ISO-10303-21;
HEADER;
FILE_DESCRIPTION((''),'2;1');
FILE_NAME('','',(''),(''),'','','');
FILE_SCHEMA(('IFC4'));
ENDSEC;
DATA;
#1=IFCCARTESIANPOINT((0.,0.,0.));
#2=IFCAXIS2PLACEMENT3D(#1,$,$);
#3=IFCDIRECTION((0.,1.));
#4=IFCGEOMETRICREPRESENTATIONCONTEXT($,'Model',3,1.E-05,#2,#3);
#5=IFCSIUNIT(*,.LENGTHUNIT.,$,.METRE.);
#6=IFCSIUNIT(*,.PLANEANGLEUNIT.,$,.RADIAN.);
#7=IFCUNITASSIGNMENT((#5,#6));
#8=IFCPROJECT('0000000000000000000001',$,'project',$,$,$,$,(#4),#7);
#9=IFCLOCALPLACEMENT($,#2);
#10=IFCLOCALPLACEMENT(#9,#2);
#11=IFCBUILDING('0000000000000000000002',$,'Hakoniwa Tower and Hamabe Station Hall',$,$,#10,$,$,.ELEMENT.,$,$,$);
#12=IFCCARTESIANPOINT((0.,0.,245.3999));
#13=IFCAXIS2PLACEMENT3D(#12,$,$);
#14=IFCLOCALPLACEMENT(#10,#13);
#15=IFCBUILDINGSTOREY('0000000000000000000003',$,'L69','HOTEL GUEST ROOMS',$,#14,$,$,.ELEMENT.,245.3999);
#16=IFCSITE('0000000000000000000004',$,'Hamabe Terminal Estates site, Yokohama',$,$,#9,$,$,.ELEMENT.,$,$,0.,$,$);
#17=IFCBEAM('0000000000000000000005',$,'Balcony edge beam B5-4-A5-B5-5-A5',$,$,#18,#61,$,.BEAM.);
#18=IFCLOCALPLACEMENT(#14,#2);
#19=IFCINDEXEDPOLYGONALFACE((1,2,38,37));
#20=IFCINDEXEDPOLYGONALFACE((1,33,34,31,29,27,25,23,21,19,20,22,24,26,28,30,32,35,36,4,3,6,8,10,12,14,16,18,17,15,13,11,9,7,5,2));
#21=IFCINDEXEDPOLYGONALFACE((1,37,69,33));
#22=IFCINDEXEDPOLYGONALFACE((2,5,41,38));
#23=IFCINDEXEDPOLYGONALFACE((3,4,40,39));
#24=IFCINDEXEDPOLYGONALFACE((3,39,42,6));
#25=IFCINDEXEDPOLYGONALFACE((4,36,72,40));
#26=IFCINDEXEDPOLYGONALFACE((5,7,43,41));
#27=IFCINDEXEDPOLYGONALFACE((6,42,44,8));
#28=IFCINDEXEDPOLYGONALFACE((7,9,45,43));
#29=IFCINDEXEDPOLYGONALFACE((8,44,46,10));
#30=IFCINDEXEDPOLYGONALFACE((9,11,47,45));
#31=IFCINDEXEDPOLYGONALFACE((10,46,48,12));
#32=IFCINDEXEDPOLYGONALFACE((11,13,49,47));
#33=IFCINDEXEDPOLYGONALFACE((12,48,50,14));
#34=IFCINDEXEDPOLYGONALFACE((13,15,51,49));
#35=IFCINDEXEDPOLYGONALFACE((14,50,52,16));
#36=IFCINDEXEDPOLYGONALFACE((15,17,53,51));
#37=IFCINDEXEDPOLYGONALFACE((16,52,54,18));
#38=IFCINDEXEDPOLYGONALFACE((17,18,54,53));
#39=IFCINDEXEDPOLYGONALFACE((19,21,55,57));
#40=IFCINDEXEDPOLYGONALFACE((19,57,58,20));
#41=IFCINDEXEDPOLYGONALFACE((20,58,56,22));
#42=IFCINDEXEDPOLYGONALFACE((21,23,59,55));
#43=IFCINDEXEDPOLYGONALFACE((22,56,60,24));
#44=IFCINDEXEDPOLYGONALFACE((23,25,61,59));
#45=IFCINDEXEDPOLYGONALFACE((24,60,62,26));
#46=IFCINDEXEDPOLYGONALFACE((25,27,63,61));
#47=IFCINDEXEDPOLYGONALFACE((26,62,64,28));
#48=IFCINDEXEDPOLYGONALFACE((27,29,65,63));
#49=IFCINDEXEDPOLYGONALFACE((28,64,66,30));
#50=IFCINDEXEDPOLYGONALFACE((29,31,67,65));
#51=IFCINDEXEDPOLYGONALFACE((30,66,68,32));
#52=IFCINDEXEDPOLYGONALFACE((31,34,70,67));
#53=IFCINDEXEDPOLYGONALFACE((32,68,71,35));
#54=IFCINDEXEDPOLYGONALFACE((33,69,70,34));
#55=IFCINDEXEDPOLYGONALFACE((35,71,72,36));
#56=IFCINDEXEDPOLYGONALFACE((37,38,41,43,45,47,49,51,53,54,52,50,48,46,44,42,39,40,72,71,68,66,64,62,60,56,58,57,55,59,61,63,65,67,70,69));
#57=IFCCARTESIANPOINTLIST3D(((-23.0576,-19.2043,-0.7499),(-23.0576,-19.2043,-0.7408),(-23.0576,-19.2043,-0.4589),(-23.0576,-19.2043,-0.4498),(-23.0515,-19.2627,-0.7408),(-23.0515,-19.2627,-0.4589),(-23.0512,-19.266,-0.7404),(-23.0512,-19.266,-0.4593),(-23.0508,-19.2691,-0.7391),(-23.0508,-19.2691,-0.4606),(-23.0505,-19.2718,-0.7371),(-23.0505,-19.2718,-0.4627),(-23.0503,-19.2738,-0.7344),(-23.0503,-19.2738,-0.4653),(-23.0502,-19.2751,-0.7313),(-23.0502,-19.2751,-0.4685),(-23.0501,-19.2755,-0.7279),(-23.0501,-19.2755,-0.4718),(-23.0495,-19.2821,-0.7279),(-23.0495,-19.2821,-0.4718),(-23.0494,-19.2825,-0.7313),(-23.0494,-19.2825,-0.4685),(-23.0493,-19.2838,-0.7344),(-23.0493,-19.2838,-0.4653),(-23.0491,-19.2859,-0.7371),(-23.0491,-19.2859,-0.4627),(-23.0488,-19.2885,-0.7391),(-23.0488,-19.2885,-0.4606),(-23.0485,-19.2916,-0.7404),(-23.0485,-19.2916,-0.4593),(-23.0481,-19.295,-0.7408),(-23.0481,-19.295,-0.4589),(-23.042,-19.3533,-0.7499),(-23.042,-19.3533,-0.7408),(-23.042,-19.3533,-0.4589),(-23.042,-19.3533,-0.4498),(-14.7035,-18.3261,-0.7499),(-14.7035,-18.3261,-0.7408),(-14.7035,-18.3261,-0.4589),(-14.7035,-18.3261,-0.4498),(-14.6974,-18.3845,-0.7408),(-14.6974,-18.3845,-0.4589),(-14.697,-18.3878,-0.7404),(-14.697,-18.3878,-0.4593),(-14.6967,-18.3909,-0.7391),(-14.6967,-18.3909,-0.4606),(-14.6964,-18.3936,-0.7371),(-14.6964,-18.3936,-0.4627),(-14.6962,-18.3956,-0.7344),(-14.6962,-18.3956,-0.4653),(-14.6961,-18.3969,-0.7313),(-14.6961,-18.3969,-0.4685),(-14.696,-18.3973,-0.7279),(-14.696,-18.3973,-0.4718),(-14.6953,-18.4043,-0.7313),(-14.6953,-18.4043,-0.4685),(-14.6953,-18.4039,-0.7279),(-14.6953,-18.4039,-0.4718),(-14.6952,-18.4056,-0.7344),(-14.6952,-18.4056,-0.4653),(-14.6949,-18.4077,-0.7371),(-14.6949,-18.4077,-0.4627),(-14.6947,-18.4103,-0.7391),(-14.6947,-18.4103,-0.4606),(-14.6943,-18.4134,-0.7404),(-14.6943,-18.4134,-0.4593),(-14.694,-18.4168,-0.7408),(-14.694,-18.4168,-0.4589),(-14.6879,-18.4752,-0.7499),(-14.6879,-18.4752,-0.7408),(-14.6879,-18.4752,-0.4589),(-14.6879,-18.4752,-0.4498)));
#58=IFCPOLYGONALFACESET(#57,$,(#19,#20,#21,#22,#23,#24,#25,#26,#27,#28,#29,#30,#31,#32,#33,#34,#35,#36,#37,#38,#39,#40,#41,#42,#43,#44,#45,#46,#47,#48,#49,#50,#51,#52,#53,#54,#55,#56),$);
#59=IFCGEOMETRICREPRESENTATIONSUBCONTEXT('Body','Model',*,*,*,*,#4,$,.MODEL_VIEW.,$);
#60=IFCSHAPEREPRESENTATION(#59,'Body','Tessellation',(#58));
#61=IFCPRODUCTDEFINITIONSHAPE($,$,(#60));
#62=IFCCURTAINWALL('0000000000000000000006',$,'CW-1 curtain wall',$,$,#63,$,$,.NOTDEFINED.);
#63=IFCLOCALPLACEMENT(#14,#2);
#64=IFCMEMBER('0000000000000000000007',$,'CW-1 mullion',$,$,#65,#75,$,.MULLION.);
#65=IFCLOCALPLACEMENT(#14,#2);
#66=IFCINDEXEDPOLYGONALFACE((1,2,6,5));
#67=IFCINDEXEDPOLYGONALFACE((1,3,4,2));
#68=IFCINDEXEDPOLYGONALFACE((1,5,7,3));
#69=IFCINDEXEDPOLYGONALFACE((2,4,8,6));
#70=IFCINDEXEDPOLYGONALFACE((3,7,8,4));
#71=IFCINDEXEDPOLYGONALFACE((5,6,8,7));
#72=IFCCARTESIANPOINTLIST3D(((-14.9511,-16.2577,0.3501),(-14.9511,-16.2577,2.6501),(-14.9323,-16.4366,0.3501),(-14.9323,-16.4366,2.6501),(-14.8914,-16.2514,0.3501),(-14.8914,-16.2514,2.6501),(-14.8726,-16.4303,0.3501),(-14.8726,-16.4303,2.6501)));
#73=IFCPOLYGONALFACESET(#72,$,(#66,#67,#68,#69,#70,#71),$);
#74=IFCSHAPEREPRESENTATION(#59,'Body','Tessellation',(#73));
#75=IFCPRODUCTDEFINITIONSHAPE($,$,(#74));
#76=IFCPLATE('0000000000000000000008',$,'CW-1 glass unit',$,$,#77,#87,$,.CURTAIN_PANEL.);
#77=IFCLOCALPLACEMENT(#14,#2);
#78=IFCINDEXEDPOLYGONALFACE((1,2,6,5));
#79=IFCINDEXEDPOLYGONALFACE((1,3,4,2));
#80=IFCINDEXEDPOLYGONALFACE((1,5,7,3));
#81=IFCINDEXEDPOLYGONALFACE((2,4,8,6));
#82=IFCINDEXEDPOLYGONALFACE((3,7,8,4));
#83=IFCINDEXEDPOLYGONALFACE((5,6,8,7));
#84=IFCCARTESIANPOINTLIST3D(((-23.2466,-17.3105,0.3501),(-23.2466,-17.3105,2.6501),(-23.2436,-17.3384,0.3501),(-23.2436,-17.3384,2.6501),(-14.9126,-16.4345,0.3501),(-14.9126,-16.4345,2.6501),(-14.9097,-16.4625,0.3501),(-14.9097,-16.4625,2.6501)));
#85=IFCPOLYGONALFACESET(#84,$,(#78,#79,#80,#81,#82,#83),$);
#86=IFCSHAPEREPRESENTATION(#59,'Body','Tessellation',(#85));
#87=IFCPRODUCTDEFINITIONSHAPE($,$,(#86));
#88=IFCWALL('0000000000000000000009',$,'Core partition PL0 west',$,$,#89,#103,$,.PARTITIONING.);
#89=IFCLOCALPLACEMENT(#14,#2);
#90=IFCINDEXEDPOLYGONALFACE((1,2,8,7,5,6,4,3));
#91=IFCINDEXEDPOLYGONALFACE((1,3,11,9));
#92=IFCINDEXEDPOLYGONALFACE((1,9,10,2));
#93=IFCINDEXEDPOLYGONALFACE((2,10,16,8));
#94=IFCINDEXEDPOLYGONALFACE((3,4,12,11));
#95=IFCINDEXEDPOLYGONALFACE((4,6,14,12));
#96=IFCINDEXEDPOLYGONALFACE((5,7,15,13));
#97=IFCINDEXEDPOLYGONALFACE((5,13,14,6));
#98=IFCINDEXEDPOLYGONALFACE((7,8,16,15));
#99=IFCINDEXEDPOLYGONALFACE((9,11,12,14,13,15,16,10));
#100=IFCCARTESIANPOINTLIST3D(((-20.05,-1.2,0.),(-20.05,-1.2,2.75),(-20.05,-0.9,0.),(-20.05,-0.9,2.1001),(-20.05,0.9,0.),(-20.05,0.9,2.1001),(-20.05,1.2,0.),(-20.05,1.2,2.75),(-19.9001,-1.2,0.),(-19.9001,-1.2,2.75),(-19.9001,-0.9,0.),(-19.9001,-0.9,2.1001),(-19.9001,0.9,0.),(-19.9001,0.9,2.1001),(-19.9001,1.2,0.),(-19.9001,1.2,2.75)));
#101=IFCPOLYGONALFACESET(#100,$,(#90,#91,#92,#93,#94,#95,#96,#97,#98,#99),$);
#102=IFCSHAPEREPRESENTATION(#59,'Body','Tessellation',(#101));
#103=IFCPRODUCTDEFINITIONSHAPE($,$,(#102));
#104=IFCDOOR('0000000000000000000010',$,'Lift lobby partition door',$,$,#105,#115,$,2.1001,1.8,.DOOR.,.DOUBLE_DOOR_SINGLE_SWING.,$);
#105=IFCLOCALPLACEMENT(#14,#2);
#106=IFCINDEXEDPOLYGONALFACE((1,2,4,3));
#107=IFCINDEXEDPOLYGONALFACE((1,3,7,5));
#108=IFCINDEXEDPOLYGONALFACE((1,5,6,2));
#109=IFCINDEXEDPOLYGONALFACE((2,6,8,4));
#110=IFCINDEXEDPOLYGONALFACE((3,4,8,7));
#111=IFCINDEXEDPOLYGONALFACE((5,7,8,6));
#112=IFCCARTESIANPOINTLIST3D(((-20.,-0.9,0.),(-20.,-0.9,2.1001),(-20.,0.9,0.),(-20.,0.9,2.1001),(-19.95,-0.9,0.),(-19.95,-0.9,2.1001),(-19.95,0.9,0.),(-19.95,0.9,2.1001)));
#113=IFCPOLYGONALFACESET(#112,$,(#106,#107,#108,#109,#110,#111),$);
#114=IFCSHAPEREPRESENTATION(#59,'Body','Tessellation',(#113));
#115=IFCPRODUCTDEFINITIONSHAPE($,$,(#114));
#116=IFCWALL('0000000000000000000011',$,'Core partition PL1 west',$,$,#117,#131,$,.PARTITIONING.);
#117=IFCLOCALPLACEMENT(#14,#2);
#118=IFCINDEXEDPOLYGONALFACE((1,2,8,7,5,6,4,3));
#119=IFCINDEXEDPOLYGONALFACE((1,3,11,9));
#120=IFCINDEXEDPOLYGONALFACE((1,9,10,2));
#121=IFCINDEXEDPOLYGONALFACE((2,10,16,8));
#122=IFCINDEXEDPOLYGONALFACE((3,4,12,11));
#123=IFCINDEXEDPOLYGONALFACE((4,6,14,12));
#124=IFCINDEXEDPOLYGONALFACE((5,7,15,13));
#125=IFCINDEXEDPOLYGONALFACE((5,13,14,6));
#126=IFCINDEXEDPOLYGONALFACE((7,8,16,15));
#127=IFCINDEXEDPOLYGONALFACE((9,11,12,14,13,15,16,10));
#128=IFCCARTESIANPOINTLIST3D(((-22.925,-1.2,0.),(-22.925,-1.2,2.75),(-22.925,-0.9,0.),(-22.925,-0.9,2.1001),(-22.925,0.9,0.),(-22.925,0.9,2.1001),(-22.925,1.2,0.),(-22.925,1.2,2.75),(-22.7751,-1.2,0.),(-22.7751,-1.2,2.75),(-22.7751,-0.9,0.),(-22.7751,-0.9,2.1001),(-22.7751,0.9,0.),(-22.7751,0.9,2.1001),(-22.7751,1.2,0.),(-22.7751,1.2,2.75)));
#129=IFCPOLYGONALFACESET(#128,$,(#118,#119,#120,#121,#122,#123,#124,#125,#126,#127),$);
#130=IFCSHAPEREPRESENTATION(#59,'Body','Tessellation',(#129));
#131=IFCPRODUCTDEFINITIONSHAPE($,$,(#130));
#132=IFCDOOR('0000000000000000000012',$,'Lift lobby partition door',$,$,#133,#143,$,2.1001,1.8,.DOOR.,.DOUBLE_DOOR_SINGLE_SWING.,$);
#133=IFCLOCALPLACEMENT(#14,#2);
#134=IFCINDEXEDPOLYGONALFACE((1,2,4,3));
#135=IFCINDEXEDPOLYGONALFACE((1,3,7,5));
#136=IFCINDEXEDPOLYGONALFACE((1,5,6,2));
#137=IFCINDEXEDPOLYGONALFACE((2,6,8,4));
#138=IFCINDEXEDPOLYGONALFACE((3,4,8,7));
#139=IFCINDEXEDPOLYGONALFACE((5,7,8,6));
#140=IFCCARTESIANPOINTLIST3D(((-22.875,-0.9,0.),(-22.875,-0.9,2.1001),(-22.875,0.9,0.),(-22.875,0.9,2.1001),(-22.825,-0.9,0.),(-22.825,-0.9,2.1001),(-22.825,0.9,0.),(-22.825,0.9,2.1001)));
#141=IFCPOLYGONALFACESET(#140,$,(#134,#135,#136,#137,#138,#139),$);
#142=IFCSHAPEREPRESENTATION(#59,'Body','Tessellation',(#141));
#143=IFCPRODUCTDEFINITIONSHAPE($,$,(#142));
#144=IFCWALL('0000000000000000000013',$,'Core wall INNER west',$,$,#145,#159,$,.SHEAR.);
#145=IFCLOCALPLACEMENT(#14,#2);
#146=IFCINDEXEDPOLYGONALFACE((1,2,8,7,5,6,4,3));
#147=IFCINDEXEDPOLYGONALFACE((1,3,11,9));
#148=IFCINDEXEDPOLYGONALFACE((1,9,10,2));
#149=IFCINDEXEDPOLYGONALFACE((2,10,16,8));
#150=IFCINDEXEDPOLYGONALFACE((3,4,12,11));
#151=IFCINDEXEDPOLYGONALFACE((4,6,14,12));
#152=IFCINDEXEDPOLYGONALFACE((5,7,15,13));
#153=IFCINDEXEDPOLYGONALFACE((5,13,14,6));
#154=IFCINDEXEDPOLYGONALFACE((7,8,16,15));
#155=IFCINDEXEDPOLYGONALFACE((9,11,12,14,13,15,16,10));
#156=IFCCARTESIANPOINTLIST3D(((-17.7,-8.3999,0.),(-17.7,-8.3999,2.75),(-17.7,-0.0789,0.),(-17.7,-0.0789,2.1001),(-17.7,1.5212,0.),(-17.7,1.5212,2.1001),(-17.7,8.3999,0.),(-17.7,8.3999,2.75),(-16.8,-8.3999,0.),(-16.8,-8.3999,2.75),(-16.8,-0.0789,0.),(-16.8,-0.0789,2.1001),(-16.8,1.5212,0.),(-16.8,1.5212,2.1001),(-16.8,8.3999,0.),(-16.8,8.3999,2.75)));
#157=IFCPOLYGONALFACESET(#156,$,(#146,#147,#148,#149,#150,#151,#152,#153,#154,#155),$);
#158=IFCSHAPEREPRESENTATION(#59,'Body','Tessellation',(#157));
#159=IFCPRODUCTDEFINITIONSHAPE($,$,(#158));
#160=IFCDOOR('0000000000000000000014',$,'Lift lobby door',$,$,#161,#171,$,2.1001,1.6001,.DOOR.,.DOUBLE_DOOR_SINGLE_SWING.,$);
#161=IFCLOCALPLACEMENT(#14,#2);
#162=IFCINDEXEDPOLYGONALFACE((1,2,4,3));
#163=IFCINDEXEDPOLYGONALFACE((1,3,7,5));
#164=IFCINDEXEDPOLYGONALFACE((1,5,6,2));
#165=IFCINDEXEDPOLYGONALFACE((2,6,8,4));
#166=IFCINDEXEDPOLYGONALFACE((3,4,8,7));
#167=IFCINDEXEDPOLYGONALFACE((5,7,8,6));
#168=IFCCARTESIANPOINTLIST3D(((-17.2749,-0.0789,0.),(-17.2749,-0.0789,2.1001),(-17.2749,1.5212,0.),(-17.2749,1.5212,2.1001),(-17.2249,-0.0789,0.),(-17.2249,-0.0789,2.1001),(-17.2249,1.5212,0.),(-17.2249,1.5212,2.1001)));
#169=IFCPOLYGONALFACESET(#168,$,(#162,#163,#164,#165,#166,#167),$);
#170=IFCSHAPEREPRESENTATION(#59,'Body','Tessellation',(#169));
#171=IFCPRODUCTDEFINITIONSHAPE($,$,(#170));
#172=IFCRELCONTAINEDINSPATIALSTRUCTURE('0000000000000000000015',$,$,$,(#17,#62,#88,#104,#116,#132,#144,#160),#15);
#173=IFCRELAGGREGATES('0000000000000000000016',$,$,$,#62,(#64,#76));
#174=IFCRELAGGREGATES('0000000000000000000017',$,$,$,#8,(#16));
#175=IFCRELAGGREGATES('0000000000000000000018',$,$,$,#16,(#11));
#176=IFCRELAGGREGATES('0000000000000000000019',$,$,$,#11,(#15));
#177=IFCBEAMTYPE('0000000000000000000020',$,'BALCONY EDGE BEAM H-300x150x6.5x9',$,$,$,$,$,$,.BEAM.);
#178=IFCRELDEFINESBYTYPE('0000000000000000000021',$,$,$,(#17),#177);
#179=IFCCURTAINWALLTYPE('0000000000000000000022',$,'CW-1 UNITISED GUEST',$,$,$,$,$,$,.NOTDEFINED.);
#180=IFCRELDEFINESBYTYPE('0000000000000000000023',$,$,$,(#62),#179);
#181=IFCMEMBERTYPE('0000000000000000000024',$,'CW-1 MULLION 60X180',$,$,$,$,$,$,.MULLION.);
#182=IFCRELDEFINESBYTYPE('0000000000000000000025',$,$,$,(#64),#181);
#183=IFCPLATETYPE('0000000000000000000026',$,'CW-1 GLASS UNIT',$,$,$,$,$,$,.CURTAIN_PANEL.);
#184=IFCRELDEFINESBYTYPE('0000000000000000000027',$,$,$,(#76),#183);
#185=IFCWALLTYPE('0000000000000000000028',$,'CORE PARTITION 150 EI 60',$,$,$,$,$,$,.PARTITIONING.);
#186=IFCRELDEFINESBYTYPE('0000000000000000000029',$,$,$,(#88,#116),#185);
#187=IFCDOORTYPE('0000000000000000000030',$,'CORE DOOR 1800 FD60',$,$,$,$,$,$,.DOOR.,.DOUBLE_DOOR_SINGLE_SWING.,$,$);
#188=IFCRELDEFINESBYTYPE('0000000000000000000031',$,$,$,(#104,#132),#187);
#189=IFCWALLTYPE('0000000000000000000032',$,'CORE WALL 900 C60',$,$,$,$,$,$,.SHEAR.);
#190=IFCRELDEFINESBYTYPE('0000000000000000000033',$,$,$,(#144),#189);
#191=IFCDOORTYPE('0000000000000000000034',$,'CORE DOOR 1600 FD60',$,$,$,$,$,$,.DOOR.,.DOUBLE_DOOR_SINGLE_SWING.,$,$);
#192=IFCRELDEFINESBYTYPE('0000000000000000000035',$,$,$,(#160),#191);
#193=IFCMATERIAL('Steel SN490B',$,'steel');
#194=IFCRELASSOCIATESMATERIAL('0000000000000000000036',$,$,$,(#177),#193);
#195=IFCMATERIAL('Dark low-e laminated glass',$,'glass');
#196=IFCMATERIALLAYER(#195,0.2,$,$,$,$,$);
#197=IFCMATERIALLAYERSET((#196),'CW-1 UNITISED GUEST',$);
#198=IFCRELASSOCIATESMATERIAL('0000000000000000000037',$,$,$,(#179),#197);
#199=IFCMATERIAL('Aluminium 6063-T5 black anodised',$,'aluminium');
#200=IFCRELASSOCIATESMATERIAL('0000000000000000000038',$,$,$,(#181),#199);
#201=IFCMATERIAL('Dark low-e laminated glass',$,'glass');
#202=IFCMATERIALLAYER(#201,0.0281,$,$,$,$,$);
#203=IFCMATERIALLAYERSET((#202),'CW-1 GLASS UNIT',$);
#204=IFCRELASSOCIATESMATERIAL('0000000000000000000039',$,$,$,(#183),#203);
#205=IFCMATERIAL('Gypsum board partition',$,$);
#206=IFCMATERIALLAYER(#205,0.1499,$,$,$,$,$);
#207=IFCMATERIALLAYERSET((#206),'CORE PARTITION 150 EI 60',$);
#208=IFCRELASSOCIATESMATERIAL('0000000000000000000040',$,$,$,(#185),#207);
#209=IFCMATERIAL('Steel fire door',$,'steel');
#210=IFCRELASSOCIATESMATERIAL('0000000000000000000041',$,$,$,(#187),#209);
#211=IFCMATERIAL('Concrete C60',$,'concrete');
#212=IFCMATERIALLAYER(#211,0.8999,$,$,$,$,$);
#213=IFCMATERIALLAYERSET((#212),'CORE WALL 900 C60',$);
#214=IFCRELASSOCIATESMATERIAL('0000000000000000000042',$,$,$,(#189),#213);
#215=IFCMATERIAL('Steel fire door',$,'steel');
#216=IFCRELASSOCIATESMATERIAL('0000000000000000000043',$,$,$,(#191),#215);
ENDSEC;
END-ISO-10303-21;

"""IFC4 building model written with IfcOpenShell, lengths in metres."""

from ifc_helpers import new_model, si_unit, direction, frame, frame_2d, origin, origin_2d, place, context, subcontext, project, spatial, rectangle, i_section, extrude, material, layer, layer_set, material_profile, profile_set, type_object, element, fill, aggregate, save


model = new_model("IFC4")

# Units and contexts
model_context = context("Model", 3, precision=1e-05, world=origin(), true_north=direction((0.0, 1.0)))
body_context = subcontext(model_context, "Body", "Model", "MODEL_VIEW")
ifc_project = project(units=[si_unit("LENGTHUNIT", "METRE"), si_unit("PLANEANGLEUNIT", "RADIAN")], contexts=[model_context])

# Site, building, storey
site_placement = place(None, origin())
site = spatial("IfcSite", under=ifc_project, at=site_placement, Name="Hamabe Terminal Estates site, Yokohama", CompositionType="ELEMENT", RefElevation=0.0)
building_placement = place(site_placement, origin())
building = spatial("IfcBuilding", under=site, at=building_placement, Name="Hakoniwa Tower and Hamabe Station Hall", CompositionType="ELEMENT")
storey_placement = place(building_placement, frame((0.0, 0.0, 245.3999)))
storey = spatial("IfcBuildingStorey", under=building, at=storey_placement, Name="L69", Description="HOTEL GUEST ROOMS", CompositionType="ELEMENT", Elevation=245.3999)

# Beam
ifc_material_1 = material(Name="Steel SN490B", Category="steel")
ifc_material_profile_1 = material_profile(ifc_material_1, i_section(OverallWidth=0.1499, OverallDepth=0.3, WebThickness=0.0066, FlangeThickness=0.009, FilletRadius=0.0129, at=origin_2d()), Name="H-300x150x6.5x9")
ifc_profile_set_1 = profile_set([ifc_material_profile_1], Name="Steel SN490B")
beam_type_1 = type_object("IfcBeamType", Name="BALCONY EDGE BEAM H-300x150x6.5x9", PredefinedType="BEAM", material=ifc_profile_set_1)
beam_1_placement = place(storey_placement, frame((-23.0498, -19.2788, -0.5999), z_axis=(0.99452, 0.104544, 0.0), x_axis=(-0.104544, 0.99452, 0.0)))
element("IfcBeam", 1, at=beam_1_placement, inside=storey, type_object=beam_type_1, Name="Balcony edge beam B5-4-A5-B5-5-A5", PredefinedType="BEAM", context=body_context, shape_type="SweptSolid", body=[
    extrude(i_section(OverallWidth=0.1499, OverallDepth=0.3, WebThickness=0.0066, FlangeThickness=0.009, FilletRadius=0.0129, at=origin_2d()), origin(), (0.0, 0.0, 1.0), 8.4001),
])

# Curtain wall, member, plate
ifc_material_2 = material(Name="Dark low-e laminated glass", Category="glass")
ifc_layer_1 = layer(ifc_material_2, 0.2)
ifc_layer_set_1 = layer_set([ifc_layer_1], Name="CW-1 UNITISED GUEST")
curtain_wall_type = type_object("IfcCurtainWallType", Name="CW-1 UNITISED GUEST", PredefinedType="NOTDEFINED", material=ifc_layer_set_1)
curtain_wall_placement = place(storey_placement, origin())
curtain_wall = element("IfcCurtainWall", 2, at=curtain_wall_placement, inside=storey, type_object=curtain_wall_type, Name="CW-1 curtain wall", PredefinedType="NOTDEFINED")
ifc_material_3 = material(Name="Aluminium 6063-T5 black anodised", Category="aluminium")
ifc_material_profile_2 = material_profile(ifc_material_3, rectangle(XDim=0.0601, YDim=0.1799, at=origin_2d()), Name="CW-1 MULLION 60X180")
ifc_profile_set_2 = profile_set([ifc_material_profile_2], Name="Aluminium 6063-T5 black anodised")
member_type = type_object("IfcMemberType", Name="CW-1 MULLION 60X180", PredefinedType="MULLION", material=ifc_profile_set_2)
member_placement = place(storey_placement, frame((-14.9119, -16.344, 0.3501), z_axis=(0.0, 0.0, 1.0), x_axis=(0.994522, 0.104528, 0.0)))
member = element("IfcMember", 3, at=member_placement, type_object=member_type, Name="CW-1 mullion", PredefinedType="MULLION", context=body_context, shape_type="SweptSolid", body=[
    extrude(rectangle(XDim=0.0601, YDim=0.1799, at=origin_2d()), origin(), (0.0, 0.0, 1.0), 2.3),
])
ifc_material_4 = material(Name="Dark low-e laminated glass", Category="glass")
ifc_layer_2 = layer(ifc_material_4, 0.0281)
ifc_layer_set_2 = layer_set([ifc_layer_2], Name="CW-1 GLASS UNIT")
plate_type = type_object("IfcPlateType", Name="CW-1 GLASS UNIT", PredefinedType="CURTAIN_PANEL", material=ifc_layer_set_2)
plate_placement = place(storey_placement, frame((-19.0781, -16.8865, 0.3501), z_axis=(0.0, 0.0, 1.0), x_axis=(0.994522, 0.104528, 0.0)))
plate = element("IfcPlate", 4, at=plate_placement, type_object=plate_type, Name="CW-1 glass unit", PredefinedType="CURTAIN_PANEL", context=body_context, shape_type="SweptSolid", body=[
    extrude(rectangle(XDim=8.3799, YDim=0.0281, at=origin_2d()), origin(), (0.0, 0.0, 1.0), 2.3),
])
aggregate(curtain_wall, [member, plate])

# Walls, openings, doors
ifc_material_5 = material(Name="Gypsum board partition")
ifc_layer_3 = layer(ifc_material_5, 0.1499)
ifc_layer_set_3 = layer_set([ifc_layer_3], Name="CORE PARTITION 150 EI 60")
wall_type_1 = type_object("IfcWallType", Name="CORE PARTITION 150 EI 60", PredefinedType="PARTITIONING", material=ifc_layer_set_3)
wall_1_placement = place(storey_placement, frame((-19.9751, -1.2, 0.0), z_axis=(0.0, 0.0, 1.0), x_axis=(0.0, 1.0, 0.0)))
wall_1 = element("IfcWall", 5, at=wall_1_placement, inside=storey, type_object=wall_type_1, Name="Core partition PL0 west", PredefinedType="PARTITIONING", context=body_context, shape_type="SweptSolid", body=[
    extrude(rectangle(XDim=2.3999, YDim=0.1499, at=frame_2d((1.2, 0.0))), origin(), (0.0, 0.0, 1.0), 2.75),
])
opening_1_placement = place(wall_1_placement, frame((0.3, 0.0, 0.0)))
opening_1 = element("IfcOpeningElement", 6, at=opening_1_placement, cuts=wall_1, PredefinedType="OPENING", context=body_context, shape_type="SweptSolid", body=[
    extrude(rectangle(XDim=1.8, YDim=2.1001, at=frame_2d((0.8999, 1.05))), frame((0.0, 0.085, 0.0), z_axis=(0.0, -1.0, 0.0), x_axis=(1.0, 0.0, 0.0)), (0.0, 0.0, 1.0), 0.1699),
])
ifc_material_6 = material(Name="Steel fire door", Category="steel")
door_type_1 = type_object("IfcDoorType", Name="CORE DOOR 1800 FD60", OperationType="DOUBLE_DOOR_SINGLE_SWING", PredefinedType="DOOR", material=ifc_material_6)
door_1_placement = place(opening_1_placement, origin())
door_1 = element("IfcDoor", 7, at=door_1_placement, inside=storey, type_object=door_type_1, Name="Lift lobby partition door", OperationType="DOUBLE_DOOR_SINGLE_SWING", OverallHeight=2.1001, OverallWidth=1.8, PredefinedType="DOOR", context=body_context, shape_type="SweptSolid", body=[
    extrude(rectangle(XDim=1.8, YDim=2.1001, at=frame_2d((0.8999, 1.05))), frame((0.0, 0.0249, 0.0), z_axis=(0.0, -1.0, 0.0), x_axis=(1.0, 0.0, 0.0)), (0.0, 0.0, 1.0), 0.05),
])
fill(opening_1, door_1)
wall_2_placement = place(storey_placement, frame((-22.8501, -1.2, 0.0), z_axis=(0.0, 0.0, 1.0), x_axis=(0.0, 1.0, 0.0)))
wall_2 = element("IfcWall", 8, at=wall_2_placement, inside=storey, type_object=wall_type_1, Name="Core partition PL1 west", PredefinedType="PARTITIONING", context=body_context, shape_type="SweptSolid", body=[
    extrude(rectangle(XDim=2.3999, YDim=0.1499, at=frame_2d((1.2, 0.0))), origin(), (0.0, 0.0, 1.0), 2.75),
])
opening_2_placement = place(wall_2_placement, frame((0.3, 0.0, 0.0)))
opening_2 = element("IfcOpeningElement", 9, at=opening_2_placement, cuts=wall_2, PredefinedType="OPENING", context=body_context, shape_type="SweptSolid", body=[
    extrude(rectangle(XDim=1.8, YDim=2.1001, at=frame_2d((0.8999, 1.05))), frame((0.0, 0.085, 0.0), z_axis=(0.0, -1.0, 0.0), x_axis=(1.0, 0.0, 0.0)), (0.0, 0.0, 1.0), 0.1699),
])
door_2_placement = place(opening_2_placement, origin())
door_2 = element("IfcDoor", 10, at=door_2_placement, inside=storey, type_object=door_type_1, Name="Lift lobby partition door", OperationType="DOUBLE_DOOR_SINGLE_SWING", OverallHeight=2.1001, OverallWidth=1.8, PredefinedType="DOOR", context=body_context, shape_type="SweptSolid", body=[
    extrude(rectangle(XDim=1.8, YDim=2.1001, at=frame_2d((0.8999, 1.05))), frame((0.0, 0.0249, 0.0), z_axis=(0.0, -1.0, 0.0), x_axis=(1.0, 0.0, 0.0)), (0.0, 0.0, 1.0), 0.05),
])
fill(opening_2, door_2)
ifc_material_7 = material(Name="Concrete C60", Category="concrete")
ifc_layer_4 = layer(ifc_material_7, 0.8999)
ifc_layer_set_4 = layer_set([ifc_layer_4], Name="CORE WALL 900 C60")
wall_type_2 = type_object("IfcWallType", Name="CORE WALL 900 C60", PredefinedType="SHEAR", material=ifc_layer_set_4)
wall_3_placement = place(storey_placement, frame((-17.25, -8.3999, 0.0), z_axis=(0.0, 0.0, 1.0), x_axis=(0.0, 1.0, 0.0)))
wall_3 = element("IfcWall", 11, at=wall_3_placement, inside=storey, type_object=wall_type_2, Name="Core wall INNER west", PredefinedType="SHEAR", context=body_context, shape_type="SweptSolid", body=[
    extrude(rectangle(XDim=16.7998, YDim=0.8999, at=frame_2d((8.3999, 0.0))), origin(), (0.0, 0.0, 1.0), 2.75),
])
opening_3_placement = place(wall_3_placement, frame((8.321, 0.0, 0.0)))
opening_3 = element("IfcOpeningElement", 12, at=opening_3_placement, cuts=wall_3, PredefinedType="OPENING", context=body_context, shape_type="SweptSolid", body=[
    extrude(rectangle(XDim=1.6001, YDim=2.1001, at=frame_2d((0.8, 1.05))), frame((0.0, 0.46, 0.0), z_axis=(0.0, -1.0, 0.0), x_axis=(1.0, 0.0, 0.0)), (0.0, 0.0, 1.0), 0.9199),
])
ifc_material_8 = material(Name="Steel fire door", Category="steel")
door_type_2 = type_object("IfcDoorType", Name="CORE DOOR 1600 FD60", OperationType="DOUBLE_DOOR_SINGLE_SWING", PredefinedType="DOOR", material=ifc_material_8)
door_3_placement = place(opening_3_placement, origin())
door_3 = element("IfcDoor", 13, at=door_3_placement, inside=storey, type_object=door_type_2, Name="Lift lobby door", OperationType="DOUBLE_DOOR_SINGLE_SWING", OverallHeight=2.1001, OverallWidth=1.6001, PredefinedType="DOOR", context=body_context, shape_type="SweptSolid", body=[
    extrude(rectangle(XDim=1.6001, YDim=2.1001, at=frame_2d((0.8, 1.05))), frame((0.0, 0.0249, 0.0), z_axis=(0.0, -1.0, 0.0), x_axis=(1.0, 0.0, 0.0)), (0.0, 0.0, 1.0), 0.05),
])
fill(opening_3, door_3)

save(model, "model.ifc")
